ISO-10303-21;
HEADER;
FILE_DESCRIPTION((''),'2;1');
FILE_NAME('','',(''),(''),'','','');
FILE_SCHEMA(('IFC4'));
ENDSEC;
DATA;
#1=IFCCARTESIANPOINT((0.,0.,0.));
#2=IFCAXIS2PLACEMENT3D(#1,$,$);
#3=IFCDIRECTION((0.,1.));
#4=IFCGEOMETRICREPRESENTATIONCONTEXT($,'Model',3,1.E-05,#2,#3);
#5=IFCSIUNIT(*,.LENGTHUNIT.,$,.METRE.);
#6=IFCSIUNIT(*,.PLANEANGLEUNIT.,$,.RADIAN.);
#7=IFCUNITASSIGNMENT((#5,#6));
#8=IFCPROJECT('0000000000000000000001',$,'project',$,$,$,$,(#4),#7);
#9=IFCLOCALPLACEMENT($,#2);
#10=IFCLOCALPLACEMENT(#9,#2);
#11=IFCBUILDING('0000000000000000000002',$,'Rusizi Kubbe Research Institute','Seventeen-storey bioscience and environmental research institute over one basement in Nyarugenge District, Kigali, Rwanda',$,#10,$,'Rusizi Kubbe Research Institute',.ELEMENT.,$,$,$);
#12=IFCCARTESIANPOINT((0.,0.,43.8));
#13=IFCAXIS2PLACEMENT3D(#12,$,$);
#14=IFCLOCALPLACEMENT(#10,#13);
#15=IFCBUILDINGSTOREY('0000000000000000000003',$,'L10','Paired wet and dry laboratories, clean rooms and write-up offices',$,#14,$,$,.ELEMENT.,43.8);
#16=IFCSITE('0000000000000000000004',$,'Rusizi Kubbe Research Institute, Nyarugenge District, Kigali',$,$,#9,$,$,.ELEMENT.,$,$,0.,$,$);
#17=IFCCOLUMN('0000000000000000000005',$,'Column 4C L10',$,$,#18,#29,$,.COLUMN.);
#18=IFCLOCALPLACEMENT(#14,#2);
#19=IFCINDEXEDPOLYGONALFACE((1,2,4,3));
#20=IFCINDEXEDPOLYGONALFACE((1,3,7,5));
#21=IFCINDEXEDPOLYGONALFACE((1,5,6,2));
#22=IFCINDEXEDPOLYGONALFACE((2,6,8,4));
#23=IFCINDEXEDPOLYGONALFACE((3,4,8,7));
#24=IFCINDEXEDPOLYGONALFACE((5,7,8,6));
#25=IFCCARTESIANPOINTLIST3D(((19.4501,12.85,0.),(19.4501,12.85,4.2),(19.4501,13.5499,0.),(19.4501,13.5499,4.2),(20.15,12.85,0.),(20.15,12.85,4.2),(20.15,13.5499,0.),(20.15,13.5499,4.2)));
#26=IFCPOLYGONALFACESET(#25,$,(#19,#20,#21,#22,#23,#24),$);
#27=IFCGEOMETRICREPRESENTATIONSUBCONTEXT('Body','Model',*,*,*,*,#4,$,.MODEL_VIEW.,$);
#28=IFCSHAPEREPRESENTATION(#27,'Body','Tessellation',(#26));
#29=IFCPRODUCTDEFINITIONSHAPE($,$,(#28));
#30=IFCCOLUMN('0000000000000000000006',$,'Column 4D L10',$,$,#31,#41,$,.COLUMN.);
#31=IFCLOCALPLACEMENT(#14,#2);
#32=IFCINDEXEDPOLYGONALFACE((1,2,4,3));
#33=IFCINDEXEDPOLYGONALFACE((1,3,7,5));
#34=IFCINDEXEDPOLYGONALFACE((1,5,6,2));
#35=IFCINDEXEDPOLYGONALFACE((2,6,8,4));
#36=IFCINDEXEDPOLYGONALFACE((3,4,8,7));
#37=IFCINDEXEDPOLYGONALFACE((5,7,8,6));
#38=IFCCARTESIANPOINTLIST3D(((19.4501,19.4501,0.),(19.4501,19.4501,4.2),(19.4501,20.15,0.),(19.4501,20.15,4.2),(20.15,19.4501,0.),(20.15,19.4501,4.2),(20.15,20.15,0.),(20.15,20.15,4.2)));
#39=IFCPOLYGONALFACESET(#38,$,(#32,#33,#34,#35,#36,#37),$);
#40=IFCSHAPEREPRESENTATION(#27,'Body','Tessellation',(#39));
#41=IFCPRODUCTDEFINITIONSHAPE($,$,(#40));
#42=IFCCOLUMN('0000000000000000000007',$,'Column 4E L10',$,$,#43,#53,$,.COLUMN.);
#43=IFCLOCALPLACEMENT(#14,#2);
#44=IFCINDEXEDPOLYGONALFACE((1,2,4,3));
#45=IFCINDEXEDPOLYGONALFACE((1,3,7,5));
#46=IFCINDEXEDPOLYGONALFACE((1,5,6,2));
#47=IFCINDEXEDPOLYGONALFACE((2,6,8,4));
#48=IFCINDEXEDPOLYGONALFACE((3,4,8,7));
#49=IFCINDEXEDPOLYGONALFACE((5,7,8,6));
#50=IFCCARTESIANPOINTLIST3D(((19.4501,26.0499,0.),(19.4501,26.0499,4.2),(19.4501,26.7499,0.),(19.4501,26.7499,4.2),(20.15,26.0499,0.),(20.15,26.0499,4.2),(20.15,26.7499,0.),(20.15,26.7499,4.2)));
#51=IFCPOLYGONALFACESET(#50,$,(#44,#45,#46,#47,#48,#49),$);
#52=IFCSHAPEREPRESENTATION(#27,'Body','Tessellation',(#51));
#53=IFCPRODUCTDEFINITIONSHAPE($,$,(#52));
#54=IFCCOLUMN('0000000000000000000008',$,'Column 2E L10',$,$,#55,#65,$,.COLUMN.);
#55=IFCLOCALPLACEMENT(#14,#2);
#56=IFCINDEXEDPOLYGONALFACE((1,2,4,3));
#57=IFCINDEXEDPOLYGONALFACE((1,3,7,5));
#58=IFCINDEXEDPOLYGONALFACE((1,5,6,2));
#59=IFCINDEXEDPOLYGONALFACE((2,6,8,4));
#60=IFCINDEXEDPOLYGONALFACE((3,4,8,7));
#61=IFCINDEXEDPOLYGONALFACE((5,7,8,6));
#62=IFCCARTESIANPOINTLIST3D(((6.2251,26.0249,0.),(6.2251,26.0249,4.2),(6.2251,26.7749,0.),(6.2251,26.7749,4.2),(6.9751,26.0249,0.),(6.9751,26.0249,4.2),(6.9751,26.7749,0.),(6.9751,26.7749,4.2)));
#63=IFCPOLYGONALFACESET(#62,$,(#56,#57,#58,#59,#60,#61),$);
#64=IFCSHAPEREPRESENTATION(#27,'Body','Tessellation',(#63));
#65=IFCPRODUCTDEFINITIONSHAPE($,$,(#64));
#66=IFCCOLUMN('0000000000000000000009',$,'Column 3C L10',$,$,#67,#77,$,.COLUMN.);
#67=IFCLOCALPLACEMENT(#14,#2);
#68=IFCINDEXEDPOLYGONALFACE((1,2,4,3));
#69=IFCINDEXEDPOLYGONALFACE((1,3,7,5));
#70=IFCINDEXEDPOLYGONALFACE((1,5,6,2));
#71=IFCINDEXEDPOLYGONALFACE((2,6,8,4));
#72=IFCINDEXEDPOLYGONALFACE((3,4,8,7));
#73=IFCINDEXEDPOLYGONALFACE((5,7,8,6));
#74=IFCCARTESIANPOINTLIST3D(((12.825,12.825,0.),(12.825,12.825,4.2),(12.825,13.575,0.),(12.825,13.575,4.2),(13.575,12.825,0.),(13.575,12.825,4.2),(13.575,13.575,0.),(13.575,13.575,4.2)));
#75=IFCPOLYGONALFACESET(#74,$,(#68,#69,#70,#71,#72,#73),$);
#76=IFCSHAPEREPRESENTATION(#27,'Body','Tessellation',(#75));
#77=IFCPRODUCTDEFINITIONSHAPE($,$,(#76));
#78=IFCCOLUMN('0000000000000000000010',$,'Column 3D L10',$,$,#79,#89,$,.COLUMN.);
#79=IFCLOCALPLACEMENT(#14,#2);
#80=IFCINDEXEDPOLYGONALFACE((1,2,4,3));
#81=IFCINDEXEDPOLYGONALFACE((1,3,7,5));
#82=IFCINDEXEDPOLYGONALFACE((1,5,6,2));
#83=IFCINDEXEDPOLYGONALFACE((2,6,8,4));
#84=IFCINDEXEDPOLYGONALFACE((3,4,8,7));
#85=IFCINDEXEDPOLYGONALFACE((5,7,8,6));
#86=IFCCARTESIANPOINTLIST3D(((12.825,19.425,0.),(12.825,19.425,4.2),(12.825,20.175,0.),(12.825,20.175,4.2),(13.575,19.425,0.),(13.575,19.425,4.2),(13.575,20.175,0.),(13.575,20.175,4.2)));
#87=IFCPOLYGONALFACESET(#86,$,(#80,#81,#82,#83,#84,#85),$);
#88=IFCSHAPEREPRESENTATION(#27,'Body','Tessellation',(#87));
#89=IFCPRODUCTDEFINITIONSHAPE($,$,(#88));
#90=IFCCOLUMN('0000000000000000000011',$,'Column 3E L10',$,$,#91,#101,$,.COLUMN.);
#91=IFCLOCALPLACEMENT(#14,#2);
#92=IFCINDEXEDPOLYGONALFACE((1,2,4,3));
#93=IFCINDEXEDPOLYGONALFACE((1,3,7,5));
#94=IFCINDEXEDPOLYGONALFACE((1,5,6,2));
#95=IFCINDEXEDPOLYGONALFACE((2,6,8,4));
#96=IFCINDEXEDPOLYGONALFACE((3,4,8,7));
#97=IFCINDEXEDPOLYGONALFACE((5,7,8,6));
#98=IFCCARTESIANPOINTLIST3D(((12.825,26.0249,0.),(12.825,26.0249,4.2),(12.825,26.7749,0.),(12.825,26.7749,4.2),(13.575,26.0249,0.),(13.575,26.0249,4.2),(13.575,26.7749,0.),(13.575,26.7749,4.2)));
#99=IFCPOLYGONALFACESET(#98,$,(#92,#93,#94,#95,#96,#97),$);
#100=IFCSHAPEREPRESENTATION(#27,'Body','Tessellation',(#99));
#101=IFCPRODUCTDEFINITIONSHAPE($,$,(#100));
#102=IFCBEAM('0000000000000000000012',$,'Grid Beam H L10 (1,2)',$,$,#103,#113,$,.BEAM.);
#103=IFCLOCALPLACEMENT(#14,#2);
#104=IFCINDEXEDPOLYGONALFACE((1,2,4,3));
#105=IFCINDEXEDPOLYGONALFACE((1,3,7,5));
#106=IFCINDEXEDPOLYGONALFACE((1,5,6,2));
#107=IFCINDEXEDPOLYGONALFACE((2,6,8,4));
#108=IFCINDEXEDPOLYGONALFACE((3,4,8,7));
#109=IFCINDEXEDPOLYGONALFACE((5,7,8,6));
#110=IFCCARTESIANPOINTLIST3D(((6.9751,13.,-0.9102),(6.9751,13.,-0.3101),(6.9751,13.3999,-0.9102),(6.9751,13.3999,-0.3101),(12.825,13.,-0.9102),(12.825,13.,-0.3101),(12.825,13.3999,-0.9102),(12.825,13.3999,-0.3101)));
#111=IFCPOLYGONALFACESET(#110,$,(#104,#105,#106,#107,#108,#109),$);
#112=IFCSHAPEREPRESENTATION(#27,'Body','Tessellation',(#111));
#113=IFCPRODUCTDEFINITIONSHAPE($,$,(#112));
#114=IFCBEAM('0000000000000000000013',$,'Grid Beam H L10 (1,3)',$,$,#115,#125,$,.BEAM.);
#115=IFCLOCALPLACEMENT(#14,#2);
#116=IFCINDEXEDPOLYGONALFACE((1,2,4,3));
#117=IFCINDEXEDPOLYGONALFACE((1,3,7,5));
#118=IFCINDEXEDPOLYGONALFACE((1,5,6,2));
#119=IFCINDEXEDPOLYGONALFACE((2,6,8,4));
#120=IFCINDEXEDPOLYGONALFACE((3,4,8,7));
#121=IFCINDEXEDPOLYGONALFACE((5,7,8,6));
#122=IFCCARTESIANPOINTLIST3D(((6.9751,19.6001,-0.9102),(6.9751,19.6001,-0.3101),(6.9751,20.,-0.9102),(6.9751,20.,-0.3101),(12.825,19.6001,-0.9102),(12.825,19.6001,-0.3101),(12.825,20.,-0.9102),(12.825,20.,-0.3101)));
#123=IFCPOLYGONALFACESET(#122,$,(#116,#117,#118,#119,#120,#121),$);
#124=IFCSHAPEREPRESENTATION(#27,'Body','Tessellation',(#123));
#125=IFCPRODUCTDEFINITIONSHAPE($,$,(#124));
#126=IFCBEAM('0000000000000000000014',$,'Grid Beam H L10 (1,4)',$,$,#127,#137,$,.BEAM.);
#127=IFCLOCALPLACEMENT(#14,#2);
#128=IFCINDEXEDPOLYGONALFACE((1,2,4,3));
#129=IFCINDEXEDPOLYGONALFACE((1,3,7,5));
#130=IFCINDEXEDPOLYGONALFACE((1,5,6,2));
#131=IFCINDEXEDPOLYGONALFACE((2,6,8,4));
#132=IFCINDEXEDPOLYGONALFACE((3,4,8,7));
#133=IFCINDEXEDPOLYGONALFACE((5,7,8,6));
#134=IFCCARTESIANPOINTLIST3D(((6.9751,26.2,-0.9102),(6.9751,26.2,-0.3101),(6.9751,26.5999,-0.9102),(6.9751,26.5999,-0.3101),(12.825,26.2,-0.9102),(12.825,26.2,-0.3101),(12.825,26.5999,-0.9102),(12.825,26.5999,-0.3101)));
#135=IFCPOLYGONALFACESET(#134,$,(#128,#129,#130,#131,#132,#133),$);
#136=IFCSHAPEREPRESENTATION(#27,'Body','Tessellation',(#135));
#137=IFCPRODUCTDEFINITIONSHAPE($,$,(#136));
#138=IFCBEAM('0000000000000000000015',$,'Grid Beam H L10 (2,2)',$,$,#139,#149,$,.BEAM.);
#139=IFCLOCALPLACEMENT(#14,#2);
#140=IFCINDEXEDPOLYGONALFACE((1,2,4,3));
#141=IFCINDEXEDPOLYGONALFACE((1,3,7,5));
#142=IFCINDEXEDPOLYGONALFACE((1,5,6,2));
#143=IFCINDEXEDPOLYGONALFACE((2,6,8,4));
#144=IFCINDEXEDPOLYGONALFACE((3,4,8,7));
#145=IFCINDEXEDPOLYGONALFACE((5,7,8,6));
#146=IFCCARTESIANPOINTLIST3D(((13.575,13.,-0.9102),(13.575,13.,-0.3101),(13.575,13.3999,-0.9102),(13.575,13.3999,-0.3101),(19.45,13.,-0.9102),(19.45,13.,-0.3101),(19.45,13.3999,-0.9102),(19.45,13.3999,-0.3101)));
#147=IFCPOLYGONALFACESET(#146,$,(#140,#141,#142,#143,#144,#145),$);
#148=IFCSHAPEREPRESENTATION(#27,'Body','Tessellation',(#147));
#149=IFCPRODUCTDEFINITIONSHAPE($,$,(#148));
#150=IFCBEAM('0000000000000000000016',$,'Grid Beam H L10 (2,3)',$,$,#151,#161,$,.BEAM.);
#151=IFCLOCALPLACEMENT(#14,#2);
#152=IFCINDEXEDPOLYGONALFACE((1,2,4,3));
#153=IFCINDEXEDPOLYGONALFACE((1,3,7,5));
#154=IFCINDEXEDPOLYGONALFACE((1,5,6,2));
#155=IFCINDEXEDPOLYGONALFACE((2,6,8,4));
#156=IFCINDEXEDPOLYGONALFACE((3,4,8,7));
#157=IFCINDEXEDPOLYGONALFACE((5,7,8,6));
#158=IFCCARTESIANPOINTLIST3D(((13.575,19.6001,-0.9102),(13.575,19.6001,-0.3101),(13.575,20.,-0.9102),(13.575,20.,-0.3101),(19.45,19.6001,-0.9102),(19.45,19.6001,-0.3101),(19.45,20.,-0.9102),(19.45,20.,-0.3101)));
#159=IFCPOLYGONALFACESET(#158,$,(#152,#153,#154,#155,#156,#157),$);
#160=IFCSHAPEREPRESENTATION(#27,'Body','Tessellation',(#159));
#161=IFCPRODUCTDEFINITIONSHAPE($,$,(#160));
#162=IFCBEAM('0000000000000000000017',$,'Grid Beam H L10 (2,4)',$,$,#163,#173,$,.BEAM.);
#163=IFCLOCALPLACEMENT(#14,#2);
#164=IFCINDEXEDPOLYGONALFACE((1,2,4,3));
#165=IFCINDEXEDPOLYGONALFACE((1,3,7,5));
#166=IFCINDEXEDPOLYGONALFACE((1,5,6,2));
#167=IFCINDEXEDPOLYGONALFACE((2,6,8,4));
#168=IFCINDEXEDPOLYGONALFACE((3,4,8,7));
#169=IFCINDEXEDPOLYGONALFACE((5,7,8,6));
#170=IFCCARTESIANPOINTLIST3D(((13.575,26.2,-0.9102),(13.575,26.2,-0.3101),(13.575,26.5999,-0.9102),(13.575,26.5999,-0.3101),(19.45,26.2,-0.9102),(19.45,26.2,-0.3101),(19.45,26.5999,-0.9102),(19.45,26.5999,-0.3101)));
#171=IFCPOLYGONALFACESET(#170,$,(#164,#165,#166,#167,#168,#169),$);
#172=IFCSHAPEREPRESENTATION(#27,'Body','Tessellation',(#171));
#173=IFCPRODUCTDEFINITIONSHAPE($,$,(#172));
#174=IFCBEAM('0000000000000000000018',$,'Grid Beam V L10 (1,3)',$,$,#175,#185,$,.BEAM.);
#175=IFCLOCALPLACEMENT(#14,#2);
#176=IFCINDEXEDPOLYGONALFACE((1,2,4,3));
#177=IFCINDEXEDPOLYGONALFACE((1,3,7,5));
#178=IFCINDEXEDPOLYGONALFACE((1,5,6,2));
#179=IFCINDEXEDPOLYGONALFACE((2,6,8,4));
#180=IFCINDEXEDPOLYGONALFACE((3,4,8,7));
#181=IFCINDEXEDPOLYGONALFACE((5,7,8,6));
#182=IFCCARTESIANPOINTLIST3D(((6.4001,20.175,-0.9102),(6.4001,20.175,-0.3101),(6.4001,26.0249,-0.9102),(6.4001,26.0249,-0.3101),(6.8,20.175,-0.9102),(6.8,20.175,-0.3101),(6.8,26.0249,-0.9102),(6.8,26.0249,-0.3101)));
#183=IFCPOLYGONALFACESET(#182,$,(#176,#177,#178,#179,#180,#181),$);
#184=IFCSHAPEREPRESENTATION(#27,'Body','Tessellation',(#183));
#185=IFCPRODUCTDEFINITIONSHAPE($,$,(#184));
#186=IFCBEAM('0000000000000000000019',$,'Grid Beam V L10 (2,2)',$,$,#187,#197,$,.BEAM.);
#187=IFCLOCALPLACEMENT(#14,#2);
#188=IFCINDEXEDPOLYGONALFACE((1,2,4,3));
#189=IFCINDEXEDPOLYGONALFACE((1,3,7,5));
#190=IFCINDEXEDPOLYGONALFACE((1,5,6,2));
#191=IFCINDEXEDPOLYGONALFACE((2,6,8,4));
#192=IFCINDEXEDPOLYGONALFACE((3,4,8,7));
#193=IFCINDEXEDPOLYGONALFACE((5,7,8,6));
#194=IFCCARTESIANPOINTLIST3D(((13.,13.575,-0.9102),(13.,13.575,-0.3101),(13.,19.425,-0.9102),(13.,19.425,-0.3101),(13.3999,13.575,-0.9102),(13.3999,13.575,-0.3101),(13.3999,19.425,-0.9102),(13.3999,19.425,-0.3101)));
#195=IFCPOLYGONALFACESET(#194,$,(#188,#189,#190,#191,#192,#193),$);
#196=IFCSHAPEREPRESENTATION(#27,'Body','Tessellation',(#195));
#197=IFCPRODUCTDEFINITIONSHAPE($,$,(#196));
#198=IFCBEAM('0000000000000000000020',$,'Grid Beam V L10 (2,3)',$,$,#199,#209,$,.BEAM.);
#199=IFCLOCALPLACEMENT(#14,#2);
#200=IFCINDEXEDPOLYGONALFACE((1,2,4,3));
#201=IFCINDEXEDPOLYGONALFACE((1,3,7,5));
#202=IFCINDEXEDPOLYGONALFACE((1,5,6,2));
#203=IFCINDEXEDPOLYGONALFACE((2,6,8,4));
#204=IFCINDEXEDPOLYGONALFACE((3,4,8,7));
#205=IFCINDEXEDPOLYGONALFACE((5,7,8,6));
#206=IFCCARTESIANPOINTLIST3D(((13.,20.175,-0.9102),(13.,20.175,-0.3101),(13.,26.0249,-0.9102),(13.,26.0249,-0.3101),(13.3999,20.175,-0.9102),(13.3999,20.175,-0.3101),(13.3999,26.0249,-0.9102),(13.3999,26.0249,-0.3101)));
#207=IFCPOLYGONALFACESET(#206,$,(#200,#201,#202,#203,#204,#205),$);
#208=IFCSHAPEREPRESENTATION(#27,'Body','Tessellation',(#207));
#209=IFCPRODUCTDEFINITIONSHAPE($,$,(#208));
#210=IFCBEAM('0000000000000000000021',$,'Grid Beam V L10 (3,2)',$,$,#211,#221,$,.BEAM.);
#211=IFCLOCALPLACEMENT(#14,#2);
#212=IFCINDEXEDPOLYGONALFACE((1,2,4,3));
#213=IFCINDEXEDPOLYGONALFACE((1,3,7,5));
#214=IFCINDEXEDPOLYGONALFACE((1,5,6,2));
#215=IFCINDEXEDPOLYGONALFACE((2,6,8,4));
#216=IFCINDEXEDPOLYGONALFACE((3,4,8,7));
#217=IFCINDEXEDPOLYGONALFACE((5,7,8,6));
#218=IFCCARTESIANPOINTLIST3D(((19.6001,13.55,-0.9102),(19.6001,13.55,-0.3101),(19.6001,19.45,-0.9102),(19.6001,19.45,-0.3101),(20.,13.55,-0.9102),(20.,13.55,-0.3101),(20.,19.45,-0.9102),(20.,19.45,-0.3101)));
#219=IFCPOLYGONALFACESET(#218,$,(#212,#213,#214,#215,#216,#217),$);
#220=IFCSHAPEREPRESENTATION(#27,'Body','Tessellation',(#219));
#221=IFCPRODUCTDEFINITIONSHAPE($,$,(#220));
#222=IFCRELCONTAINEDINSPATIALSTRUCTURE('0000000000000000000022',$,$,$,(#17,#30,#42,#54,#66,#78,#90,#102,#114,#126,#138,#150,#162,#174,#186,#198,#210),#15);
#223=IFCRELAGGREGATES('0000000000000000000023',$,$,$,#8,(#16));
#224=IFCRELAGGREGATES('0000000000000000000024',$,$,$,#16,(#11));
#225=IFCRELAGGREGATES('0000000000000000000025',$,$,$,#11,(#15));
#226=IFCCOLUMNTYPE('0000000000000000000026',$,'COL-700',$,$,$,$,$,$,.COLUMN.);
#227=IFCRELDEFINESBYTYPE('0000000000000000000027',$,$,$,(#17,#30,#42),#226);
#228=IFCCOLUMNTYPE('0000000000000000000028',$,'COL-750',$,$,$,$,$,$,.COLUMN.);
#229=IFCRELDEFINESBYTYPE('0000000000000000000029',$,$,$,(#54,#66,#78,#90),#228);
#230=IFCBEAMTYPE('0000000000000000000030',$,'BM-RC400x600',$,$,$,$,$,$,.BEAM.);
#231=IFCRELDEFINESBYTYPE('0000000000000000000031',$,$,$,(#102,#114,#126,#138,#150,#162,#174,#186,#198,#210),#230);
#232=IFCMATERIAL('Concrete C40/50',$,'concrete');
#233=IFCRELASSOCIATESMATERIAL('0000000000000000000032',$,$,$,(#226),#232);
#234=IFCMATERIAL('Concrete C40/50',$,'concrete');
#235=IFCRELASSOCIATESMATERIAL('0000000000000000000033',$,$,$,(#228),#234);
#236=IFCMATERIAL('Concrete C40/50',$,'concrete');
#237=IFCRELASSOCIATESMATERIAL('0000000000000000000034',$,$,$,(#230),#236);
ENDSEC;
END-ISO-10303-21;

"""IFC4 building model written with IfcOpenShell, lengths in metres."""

from ifc_helpers import new_model, si_unit, direction, frame, origin, origin_2d, place, context, subcontext, project, spatial, rectangle, extrude, material, material_profile, profile_set, type_object, element, save


model = new_model("IFC4")

# Units and contexts
model_context = context("Model", 3, precision=1e-05, world=origin(), true_north=direction((0.0, 1.0)))
body_context = subcontext(model_context, "Body", "Model", "MODEL_VIEW")
ifc_project = project(units=[si_unit("LENGTHUNIT", "METRE"), si_unit("PLANEANGLEUNIT", "RADIAN")], contexts=[model_context])

# Site, building, storey
site_placement = place(None, origin())
site = spatial("IfcSite", under=ifc_project, at=site_placement, Name="Rusizi Kubbe Research Institute, Nyarugenge District, Kigali", CompositionType="ELEMENT", RefElevation=0.0)
building_placement = place(site_placement, origin())
building = spatial("IfcBuilding", under=site, at=building_placement, Name="Rusizi Kubbe Research Institute", Description="Seventeen-storey bioscience and environmental research institute over one basement in Nyarugenge District, Kigali, Rwanda", LongName="Rusizi Kubbe Research Institute", CompositionType="ELEMENT")
storey_placement = place(building_placement, frame((0.0, 0.0, 43.8)))
storey = spatial("IfcBuildingStorey", under=building, at=storey_placement, Name="L10", Description="Paired wet and dry laboratories, clean rooms and write-up offices", CompositionType="ELEMENT", Elevation=43.8)

# Columns
ifc_material_1 = material(Name="Concrete C40/50", Category="concrete")
ifc_material_profile_1 = material_profile(ifc_material_1, rectangle(XDim=0.7, YDim=0.7, at=origin_2d()), Name="RC700x700")
ifc_profile_set_1 = profile_set([ifc_material_profile_1], Name="Concrete C40/50")
column_type_1 = type_object("IfcColumnType", Name="COL-700", PredefinedType="COLUMN", material=ifc_profile_set_1)
for number, where, z_axis, x_axis, name in (
    (1, (19.8, 13.2, 0.0), (0.0, 0.0, 1.0), (1.0, 0.0, 0.0), "Column 4C L10"),
    (2, (19.8, 19.8, 0.0), (0.0, 0.0, 1.0), (1.0, 0.0, 0.0), "Column 4D L10"),
    (3, (19.8, 26.3999, 0.0), (0.0, 0.0, 1.0), (1.0, 0.0, 0.0), "Column 4E L10"),
):
    element("IfcColumn", number, at=place(storey_placement, frame(where, z_axis=z_axis, x_axis=x_axis)), inside=storey, type_object=column_type_1, Name=name, PredefinedType="COLUMN", context=body_context, shape_type="SweptSolid", body=[
        extrude(rectangle(XDim=0.7, YDim=0.7, at=origin_2d()), origin(), (0.0, 0.0, 1.0), 4.2),
    ])
ifc_material_2 = material(Name="Concrete C40/50", Category="concrete")
ifc_material_profile_2 = material_profile(ifc_material_2, rectangle(XDim=0.75, YDim=0.75, at=origin_2d()), Name="RC750x750")
ifc_profile_set_2 = profile_set([ifc_material_profile_2], Name="Concrete C40/50")
column_type_2 = type_object("IfcColumnType", Name="COL-750", PredefinedType="COLUMN", material=ifc_profile_set_2)
for number, where, z_axis, x_axis, name in (
    (4, (6.6001, 26.3999, 0.0), (0.0, 0.0, 1.0), (1.0, 0.0, 0.0), "Column 2E L10"),
    (5, (13.2, 13.2, 0.0), (0.0, 0.0, 1.0), (1.0, 0.0, 0.0), "Column 3C L10"),
    (6, (13.2, 19.8, 0.0), (0.0, 0.0, 1.0), (1.0, 0.0, 0.0), "Column 3D L10"),
    (7, (13.2, 26.3999, 0.0), (0.0, 0.0, 1.0), (1.0, 0.0, 0.0), "Column 3E L10"),
):
    element("IfcColumn", number, at=place(storey_placement, frame(where, z_axis=z_axis, x_axis=x_axis)), inside=storey, type_object=column_type_2, Name=name, PredefinedType="COLUMN", context=body_context, shape_type="SweptSolid", body=[
        extrude(rectangle(XDim=0.75, YDim=0.75, at=origin_2d()), origin(), (0.0, 0.0, 1.0), 4.2),
    ])

# Beams
ifc_material_3 = material(Name="Concrete C40/50", Category="concrete")
ifc_material_profile_3 = material_profile(ifc_material_3, rectangle(XDim=0.3999, YDim=0.6001, at=origin_2d()), Name="RC400x600")
ifc_profile_set_3 = profile_set([ifc_material_profile_3], Name="Concrete C40/50")
beam_type = type_object("IfcBeamType", Name="BM-RC400x600", PredefinedType="BEAM", material=ifc_profile_set_3)
for number, where, z_axis, x_axis, name in (
    (8, (6.9751, 13.2, -0.6101), (1.0, 0.0, 0.0), (0.0, 1.0, 0.0), "Grid Beam H L10 (1,2)"),
    (9, (6.9751, 19.8, -0.6101), (1.0, 0.0, 0.0), (0.0, 1.0, 0.0), "Grid Beam H L10 (1,3)"),
    (10, (6.9751, 26.3999, -0.6101), (1.0, 0.0, 0.0), (0.0, 1.0, 0.0), "Grid Beam H L10 (1,4)"),
):
    element("IfcBeam", number, at=place(storey_placement, frame(where, z_axis=z_axis, x_axis=x_axis)), inside=storey, type_object=beam_type, Name=name, PredefinedType="BEAM", context=body_context, shape_type="SweptSolid", body=[
        extrude(rectangle(XDim=0.3999, YDim=0.6001, at=origin_2d()), origin(), (0.0, 0.0, 1.0), 5.8499),
    ])
for number, where, z_axis, x_axis, name in (
    (11, (13.575, 13.2, -0.6101), (1.0, 0.0, 0.0), (0.0, 1.0, 0.0), "Grid Beam H L10 (2,2)"),
    (12, (13.575, 19.8, -0.6101), (1.0, 0.0, 0.0), (0.0, 1.0, 0.0), "Grid Beam H L10 (2,3)"),
    (13, (13.575, 26.3999, -0.6101), (1.0, 0.0, 0.0), (0.0, 1.0, 0.0), "Grid Beam H L10 (2,4)"),
):
    element("IfcBeam", number, at=place(storey_placement, frame(where, z_axis=z_axis, x_axis=x_axis)), inside=storey, type_object=beam_type, Name=name, PredefinedType="BEAM", context=body_context, shape_type="SweptSolid", body=[
        extrude(rectangle(XDim=0.3999, YDim=0.6001, at=origin_2d()), origin(), (0.0, 0.0, 1.0), 5.875),
    ])
beam_1_placement = place(storey_placement, frame((6.6001, 20.175, -0.6101), z_axis=(0.0, 1.0, 0.0), x_axis=(-1.0, 0.0, 0.0)))
element("IfcBeam", 14, at=beam_1_placement, inside=storey, type_object=beam_type, Name="Grid Beam V L10 (1,3)", PredefinedType="BEAM", context=body_context, shape_type="SweptSolid", body=[
    extrude(rectangle(XDim=0.3999, YDim=0.6001, at=origin_2d()), origin(), (0.0, 0.0, 1.0), 5.8499),
])
beam_2_placement = place(storey_placement, frame((13.2, 13.575, -0.6101), z_axis=(0.0, 1.0, 0.0), x_axis=(-1.0, 0.0, 0.0)))
element("IfcBeam", 15, at=beam_2_placement, inside=storey, type_object=beam_type, Name="Grid Beam V L10 (2,2)", PredefinedType="BEAM", context=body_context, shape_type="SweptSolid", body=[
    extrude(rectangle(XDim=0.3999, YDim=0.6001, at=origin_2d()), origin(), (0.0, 0.0, 1.0), 5.8501),
])
beam_3_placement = place(storey_placement, frame((13.2, 20.175, -0.6101), z_axis=(0.0, 1.0, 0.0), x_axis=(-1.0, 0.0, 0.0)))
element("IfcBeam", 16, at=beam_3_placement, inside=storey, type_object=beam_type, Name="Grid Beam V L10 (2,3)", PredefinedType="BEAM", context=body_context, shape_type="SweptSolid", body=[
    extrude(rectangle(XDim=0.3999, YDim=0.6001, at=origin_2d()), origin(), (0.0, 0.0, 1.0), 5.8499),
])
beam_4_placement = place(storey_placement, frame((19.8, 13.55, -0.6101), z_axis=(0.0, 1.0, 0.0), x_axis=(-1.0, 0.0, 0.0)))
element("IfcBeam", 17, at=beam_4_placement, inside=storey, type_object=beam_type, Name="Grid Beam V L10 (3,2)", PredefinedType="BEAM", context=body_context, shape_type="SweptSolid", body=[
    extrude(rectangle(XDim=0.3999, YDim=0.6001, at=origin_2d()), origin(), (0.0, 0.0, 1.0), 5.8999),
])

save(model, "model.ifc")
